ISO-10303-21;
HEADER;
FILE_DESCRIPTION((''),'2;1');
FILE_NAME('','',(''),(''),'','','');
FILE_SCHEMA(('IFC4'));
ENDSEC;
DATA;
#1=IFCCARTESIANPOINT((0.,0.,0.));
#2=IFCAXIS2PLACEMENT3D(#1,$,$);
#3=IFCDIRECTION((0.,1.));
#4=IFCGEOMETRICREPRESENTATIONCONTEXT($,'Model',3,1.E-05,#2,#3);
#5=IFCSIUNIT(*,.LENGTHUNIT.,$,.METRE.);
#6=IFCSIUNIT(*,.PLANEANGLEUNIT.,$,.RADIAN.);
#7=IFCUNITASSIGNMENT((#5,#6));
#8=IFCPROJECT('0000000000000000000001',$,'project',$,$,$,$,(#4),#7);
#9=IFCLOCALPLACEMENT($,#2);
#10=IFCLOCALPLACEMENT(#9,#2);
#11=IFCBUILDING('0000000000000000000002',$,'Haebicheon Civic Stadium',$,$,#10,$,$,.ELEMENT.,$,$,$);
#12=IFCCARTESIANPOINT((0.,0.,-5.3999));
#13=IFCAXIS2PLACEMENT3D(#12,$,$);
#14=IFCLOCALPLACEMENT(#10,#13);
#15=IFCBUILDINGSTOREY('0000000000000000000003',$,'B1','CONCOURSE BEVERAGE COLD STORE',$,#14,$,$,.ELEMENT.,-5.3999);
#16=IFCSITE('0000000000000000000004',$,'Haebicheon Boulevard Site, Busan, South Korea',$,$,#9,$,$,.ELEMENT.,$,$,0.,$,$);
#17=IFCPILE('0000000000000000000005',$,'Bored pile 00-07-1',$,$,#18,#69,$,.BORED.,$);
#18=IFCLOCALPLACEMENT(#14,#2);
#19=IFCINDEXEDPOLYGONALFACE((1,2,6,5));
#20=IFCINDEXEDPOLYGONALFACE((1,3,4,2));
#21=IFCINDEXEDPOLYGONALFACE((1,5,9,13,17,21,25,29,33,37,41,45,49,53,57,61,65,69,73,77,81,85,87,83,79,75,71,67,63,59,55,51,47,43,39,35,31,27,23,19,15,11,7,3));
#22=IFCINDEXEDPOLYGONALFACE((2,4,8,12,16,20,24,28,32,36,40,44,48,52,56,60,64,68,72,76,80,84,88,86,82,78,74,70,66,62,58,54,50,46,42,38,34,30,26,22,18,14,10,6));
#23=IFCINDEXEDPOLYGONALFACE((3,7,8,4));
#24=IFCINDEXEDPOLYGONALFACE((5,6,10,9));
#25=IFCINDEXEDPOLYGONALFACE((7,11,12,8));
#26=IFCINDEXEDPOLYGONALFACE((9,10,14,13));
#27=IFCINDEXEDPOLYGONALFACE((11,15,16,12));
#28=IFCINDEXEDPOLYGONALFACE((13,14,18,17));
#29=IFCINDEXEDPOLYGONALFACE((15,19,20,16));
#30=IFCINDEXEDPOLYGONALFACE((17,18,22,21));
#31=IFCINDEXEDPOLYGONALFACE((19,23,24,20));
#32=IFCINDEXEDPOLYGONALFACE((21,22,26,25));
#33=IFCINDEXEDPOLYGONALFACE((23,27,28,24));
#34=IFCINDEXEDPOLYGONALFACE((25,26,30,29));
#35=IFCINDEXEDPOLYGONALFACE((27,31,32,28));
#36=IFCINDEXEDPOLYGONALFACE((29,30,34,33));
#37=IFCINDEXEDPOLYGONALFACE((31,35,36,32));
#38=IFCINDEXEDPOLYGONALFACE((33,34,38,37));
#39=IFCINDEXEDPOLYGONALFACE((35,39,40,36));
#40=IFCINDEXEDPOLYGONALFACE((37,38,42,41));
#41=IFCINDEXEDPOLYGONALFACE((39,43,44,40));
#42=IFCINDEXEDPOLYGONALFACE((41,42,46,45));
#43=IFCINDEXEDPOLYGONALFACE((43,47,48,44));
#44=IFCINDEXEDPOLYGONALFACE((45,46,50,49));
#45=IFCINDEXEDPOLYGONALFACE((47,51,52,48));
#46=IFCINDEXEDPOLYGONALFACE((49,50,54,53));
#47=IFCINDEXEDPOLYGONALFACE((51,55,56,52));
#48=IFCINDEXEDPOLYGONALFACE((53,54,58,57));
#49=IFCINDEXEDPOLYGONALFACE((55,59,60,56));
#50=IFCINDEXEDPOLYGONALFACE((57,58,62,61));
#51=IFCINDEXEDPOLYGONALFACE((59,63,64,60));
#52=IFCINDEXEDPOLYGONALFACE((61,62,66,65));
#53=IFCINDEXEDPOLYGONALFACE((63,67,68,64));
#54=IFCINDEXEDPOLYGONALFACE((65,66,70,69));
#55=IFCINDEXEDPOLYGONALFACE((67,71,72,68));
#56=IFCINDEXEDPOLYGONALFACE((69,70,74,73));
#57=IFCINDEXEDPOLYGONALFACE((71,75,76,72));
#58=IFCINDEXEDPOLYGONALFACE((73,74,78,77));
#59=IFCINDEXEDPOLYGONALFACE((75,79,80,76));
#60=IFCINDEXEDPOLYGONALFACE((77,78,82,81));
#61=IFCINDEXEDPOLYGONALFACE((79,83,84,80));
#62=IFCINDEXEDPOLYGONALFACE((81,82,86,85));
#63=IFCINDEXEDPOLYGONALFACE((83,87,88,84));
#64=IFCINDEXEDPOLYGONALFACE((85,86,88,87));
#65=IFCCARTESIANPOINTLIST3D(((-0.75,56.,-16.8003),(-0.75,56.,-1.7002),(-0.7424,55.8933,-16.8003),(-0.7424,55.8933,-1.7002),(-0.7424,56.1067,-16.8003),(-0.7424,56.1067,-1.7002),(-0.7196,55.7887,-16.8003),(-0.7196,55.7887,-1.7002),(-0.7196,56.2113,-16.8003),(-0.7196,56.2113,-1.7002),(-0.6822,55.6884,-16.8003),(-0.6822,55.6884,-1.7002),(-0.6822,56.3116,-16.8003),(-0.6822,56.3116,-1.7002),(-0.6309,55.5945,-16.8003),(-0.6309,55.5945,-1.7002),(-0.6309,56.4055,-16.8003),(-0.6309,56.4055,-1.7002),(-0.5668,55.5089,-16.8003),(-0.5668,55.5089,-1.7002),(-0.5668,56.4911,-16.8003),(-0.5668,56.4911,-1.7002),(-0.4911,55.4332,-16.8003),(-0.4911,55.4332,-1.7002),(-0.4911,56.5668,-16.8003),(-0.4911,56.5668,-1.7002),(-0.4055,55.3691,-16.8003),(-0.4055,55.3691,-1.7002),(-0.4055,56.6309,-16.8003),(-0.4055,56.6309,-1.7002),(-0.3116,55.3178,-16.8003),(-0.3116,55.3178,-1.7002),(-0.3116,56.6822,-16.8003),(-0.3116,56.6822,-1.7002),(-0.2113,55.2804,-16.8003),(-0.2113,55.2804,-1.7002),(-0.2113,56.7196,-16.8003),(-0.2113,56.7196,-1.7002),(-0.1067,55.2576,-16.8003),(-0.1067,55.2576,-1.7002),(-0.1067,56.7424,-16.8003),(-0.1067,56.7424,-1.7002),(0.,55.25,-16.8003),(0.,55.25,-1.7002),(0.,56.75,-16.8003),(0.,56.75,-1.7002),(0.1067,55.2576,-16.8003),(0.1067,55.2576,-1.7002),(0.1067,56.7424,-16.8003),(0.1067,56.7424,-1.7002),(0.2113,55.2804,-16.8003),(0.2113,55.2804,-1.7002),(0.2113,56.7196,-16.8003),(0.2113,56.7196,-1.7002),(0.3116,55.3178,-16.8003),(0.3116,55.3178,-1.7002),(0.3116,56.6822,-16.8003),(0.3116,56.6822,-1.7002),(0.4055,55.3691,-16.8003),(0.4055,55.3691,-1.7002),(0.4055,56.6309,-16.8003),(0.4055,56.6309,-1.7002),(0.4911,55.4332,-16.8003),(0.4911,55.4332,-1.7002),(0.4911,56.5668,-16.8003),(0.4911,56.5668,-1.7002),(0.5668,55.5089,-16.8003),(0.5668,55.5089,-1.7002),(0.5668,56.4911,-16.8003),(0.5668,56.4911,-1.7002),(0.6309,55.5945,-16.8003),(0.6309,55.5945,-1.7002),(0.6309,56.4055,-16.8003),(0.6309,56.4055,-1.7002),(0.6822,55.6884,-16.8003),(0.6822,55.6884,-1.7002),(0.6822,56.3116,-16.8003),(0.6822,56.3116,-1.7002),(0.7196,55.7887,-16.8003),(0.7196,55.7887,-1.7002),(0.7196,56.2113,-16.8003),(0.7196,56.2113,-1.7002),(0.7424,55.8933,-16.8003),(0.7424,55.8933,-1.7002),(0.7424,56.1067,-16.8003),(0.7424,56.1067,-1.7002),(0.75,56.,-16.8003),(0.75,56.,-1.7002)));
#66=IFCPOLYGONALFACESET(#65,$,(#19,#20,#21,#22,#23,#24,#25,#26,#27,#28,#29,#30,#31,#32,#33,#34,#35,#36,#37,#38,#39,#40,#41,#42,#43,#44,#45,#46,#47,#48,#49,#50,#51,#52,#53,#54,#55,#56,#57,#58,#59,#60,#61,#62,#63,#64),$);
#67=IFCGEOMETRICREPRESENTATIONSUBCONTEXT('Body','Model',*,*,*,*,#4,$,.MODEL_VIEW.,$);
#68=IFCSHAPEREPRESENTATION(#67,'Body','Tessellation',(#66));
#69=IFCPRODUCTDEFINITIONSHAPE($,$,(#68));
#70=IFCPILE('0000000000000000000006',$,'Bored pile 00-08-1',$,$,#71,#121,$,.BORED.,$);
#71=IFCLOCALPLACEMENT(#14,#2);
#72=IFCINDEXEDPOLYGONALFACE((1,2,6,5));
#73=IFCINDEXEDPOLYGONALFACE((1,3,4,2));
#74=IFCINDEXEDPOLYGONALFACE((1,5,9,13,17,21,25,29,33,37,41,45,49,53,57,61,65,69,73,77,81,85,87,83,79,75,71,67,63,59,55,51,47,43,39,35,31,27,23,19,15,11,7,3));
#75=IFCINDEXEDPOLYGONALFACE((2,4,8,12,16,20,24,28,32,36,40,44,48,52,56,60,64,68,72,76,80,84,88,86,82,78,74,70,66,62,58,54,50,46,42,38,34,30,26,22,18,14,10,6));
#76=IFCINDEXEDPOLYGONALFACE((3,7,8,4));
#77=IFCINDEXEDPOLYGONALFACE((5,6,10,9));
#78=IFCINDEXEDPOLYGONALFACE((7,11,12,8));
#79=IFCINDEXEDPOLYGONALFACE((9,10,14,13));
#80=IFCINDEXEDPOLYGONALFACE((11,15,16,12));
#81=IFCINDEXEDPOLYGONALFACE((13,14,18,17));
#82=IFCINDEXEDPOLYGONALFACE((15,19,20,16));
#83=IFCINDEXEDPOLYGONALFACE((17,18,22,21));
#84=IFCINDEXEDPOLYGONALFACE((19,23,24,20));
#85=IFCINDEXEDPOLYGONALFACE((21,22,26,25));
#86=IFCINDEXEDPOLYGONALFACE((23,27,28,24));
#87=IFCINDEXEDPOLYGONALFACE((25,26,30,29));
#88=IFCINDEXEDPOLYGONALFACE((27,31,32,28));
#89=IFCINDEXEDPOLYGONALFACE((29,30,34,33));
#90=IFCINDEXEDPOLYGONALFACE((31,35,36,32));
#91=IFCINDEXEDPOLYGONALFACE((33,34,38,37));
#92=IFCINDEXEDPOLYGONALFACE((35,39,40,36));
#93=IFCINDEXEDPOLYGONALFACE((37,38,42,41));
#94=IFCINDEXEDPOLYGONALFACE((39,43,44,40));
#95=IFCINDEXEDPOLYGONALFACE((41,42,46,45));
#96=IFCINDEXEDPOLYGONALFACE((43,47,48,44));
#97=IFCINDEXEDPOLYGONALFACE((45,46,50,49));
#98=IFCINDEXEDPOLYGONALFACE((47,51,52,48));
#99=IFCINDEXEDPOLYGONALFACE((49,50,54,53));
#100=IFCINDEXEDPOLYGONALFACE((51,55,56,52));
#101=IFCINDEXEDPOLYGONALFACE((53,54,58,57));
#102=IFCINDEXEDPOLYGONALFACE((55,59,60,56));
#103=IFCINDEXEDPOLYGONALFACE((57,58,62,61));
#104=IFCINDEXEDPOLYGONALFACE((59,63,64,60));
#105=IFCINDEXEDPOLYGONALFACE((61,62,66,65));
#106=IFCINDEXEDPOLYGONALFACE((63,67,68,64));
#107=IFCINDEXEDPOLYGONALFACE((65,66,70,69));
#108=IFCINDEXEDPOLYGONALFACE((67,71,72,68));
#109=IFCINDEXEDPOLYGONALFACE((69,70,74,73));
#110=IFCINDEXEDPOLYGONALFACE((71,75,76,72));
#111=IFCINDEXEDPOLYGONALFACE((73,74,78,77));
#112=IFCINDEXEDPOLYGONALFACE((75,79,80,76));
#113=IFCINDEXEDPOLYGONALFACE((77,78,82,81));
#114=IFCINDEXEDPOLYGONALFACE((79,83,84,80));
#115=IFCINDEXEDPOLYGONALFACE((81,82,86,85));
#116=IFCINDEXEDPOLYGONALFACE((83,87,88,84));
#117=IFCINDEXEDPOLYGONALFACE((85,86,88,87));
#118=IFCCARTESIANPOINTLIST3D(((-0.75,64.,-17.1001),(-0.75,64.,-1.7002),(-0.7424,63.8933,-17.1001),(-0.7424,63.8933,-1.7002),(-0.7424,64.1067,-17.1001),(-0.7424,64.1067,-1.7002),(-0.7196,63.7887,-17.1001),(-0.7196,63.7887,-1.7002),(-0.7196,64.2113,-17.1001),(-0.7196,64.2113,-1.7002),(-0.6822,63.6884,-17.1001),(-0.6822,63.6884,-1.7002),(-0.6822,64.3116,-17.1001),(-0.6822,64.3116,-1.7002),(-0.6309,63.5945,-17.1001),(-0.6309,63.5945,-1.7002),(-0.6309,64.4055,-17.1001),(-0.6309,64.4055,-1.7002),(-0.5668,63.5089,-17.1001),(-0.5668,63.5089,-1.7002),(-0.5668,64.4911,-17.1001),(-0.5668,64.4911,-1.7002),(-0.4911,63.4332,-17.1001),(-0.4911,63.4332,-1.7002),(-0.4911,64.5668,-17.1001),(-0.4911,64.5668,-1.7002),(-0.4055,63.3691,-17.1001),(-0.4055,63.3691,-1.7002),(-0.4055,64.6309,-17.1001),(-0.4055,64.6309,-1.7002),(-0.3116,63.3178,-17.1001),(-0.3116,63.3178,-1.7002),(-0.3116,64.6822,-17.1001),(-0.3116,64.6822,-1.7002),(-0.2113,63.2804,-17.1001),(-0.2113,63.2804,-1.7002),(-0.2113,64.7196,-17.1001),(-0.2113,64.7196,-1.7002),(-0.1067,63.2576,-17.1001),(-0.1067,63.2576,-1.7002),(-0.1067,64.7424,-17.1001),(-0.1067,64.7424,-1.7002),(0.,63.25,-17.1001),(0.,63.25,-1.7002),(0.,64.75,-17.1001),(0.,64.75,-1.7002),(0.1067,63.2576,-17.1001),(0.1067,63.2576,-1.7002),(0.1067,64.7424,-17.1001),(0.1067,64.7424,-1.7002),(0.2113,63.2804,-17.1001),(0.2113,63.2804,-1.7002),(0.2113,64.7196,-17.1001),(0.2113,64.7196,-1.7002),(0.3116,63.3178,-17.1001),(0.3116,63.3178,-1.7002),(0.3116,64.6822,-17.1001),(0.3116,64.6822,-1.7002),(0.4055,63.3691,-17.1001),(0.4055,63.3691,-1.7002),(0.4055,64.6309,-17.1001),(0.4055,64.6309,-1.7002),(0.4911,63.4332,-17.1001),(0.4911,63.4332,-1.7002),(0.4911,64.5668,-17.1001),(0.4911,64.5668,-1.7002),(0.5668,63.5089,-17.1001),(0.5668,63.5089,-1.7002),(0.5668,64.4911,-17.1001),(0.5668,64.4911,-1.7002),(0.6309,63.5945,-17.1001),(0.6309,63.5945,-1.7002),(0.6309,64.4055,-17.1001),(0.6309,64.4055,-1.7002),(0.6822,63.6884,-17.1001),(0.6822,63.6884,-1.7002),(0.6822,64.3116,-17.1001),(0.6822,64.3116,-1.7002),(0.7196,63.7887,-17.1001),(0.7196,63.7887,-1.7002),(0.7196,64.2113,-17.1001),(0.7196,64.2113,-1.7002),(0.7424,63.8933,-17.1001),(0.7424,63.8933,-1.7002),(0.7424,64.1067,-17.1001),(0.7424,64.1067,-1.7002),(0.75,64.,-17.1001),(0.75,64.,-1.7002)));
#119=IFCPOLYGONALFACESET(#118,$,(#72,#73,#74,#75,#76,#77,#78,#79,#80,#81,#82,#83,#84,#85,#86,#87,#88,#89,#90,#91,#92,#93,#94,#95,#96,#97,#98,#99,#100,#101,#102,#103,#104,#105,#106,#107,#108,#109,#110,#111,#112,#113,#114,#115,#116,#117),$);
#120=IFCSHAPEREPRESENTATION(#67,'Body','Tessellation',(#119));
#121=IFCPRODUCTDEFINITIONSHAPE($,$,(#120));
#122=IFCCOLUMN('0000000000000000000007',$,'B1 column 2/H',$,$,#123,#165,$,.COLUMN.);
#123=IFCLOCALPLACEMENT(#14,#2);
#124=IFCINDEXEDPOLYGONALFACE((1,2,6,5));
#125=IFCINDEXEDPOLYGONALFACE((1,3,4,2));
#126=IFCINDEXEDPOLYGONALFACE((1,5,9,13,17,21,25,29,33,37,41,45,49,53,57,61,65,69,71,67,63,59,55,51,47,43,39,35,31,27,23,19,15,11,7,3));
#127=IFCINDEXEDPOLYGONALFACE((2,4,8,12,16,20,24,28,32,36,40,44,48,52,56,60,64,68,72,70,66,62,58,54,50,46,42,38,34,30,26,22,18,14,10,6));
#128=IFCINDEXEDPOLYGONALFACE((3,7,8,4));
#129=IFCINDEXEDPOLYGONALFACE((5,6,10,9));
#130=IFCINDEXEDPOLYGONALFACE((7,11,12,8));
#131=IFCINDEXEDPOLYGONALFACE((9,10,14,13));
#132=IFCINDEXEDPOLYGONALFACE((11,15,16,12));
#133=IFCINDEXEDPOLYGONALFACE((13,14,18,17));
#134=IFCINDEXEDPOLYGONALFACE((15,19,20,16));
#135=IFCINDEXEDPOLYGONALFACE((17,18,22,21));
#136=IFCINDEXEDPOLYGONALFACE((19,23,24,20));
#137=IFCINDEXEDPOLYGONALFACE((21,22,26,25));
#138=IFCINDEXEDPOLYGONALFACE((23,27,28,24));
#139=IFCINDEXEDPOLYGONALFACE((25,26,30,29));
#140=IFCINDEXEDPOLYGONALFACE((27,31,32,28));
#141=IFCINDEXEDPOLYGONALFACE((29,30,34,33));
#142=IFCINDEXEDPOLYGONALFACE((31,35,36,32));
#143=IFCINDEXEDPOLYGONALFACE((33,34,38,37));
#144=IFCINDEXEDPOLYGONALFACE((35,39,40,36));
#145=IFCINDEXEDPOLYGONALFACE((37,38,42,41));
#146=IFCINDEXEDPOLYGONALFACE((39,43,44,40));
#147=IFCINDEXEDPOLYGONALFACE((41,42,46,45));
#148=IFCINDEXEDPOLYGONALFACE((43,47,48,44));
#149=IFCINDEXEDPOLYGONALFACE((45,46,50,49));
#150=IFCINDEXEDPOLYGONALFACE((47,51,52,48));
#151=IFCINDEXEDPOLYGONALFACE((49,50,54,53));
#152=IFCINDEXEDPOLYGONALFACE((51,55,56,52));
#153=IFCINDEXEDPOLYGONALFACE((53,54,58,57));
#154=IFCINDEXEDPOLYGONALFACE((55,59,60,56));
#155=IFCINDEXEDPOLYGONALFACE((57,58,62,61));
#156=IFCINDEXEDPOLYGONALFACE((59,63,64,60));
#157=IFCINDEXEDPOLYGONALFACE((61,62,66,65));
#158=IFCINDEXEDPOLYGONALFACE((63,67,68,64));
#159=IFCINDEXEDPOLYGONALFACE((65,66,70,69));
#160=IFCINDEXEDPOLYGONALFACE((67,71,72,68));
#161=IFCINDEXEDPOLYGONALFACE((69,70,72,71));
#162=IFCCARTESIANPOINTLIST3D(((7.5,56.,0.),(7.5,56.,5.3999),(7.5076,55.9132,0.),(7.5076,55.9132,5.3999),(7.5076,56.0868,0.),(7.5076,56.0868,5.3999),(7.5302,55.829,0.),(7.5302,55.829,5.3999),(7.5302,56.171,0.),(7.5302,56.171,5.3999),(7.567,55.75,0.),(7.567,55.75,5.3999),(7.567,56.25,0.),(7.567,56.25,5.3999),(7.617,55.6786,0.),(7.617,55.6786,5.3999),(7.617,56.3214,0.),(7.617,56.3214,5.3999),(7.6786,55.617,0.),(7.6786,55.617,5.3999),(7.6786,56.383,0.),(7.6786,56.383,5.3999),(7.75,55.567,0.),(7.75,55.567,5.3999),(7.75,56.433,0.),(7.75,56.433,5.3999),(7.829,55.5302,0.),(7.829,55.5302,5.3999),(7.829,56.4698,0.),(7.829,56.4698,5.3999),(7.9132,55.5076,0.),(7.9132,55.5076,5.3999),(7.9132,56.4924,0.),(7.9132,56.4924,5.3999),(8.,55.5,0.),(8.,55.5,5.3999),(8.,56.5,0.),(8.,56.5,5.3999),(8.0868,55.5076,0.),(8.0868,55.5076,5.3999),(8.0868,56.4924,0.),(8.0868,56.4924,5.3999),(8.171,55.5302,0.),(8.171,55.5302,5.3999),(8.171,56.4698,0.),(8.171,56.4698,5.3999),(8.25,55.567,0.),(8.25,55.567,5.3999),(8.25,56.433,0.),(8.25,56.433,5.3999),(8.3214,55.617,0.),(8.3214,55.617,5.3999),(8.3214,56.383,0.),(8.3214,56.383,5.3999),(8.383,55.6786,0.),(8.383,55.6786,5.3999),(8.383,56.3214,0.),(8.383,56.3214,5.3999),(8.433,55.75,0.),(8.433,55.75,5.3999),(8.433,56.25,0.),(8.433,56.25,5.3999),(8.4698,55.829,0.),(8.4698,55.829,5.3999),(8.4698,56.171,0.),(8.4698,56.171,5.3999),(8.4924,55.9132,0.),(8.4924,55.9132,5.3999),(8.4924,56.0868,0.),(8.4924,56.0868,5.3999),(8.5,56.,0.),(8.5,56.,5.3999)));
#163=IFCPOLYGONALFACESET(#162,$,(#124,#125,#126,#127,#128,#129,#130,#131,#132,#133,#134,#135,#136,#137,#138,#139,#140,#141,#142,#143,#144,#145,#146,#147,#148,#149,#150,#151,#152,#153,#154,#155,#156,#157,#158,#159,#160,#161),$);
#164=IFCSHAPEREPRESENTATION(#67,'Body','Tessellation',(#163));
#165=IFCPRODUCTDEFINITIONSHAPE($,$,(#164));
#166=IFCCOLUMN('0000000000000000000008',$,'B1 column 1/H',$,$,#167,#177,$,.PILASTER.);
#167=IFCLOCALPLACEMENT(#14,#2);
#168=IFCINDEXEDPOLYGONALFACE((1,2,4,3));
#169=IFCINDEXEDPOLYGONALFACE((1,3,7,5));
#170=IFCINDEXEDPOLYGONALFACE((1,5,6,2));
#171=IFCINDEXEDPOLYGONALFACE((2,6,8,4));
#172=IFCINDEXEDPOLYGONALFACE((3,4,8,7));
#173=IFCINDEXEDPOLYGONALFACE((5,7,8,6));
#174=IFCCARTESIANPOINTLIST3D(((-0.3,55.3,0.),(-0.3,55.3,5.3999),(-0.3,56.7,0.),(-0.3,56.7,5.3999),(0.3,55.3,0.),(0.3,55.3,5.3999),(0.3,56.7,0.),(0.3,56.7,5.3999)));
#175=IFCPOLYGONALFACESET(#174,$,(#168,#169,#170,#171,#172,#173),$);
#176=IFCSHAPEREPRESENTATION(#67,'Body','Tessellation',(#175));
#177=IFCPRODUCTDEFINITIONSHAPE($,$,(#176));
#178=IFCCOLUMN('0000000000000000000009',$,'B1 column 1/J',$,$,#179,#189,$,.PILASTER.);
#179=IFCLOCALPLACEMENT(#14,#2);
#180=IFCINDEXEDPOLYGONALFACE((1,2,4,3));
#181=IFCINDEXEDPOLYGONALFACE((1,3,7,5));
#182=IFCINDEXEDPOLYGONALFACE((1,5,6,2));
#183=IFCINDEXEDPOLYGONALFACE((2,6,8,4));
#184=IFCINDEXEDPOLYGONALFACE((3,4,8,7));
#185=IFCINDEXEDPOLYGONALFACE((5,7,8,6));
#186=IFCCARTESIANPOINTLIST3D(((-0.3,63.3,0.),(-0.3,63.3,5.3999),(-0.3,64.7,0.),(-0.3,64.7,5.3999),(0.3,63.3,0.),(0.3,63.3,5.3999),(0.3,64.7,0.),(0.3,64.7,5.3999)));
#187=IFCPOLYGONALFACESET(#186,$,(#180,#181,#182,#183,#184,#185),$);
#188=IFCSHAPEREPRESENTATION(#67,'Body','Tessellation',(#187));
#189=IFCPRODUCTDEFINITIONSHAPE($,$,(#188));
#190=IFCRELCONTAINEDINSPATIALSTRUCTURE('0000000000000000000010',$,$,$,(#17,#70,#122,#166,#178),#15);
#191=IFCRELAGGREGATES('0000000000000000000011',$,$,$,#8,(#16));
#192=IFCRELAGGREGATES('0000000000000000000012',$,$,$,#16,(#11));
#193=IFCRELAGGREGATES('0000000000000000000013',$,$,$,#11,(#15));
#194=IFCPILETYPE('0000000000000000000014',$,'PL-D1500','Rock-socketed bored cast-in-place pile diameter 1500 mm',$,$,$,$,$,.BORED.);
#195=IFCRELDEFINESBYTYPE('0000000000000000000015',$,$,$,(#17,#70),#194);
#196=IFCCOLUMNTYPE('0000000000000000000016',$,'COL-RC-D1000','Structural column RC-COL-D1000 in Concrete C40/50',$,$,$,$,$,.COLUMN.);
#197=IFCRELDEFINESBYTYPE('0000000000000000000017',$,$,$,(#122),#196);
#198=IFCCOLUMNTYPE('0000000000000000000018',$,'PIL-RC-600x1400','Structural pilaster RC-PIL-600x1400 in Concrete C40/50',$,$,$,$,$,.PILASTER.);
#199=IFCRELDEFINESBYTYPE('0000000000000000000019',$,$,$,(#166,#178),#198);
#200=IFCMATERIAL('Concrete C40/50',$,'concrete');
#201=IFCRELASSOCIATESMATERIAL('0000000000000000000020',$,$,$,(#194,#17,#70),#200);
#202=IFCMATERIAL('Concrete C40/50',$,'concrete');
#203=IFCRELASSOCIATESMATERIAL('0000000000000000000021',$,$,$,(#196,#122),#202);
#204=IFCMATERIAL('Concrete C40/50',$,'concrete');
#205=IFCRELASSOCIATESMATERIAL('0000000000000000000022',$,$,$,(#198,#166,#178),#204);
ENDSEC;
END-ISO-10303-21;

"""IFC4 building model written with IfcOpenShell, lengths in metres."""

from ifc_helpers import new_model, si_unit, direction, frame, origin, origin_2d, place, context, subcontext, project, spatial, rectangle, circle, extrude, material, material_profile, profile_set, type_object, element, save


model = new_model("IFC4")

# Units and contexts
model_context = context("Model", 3, precision=1e-05, world=origin(), true_north=direction((0.0, 1.0)))
body_context = subcontext(model_context, "Body", "Model", "MODEL_VIEW")
ifc_project = project(units=[si_unit("LENGTHUNIT", "METRE"), si_unit("PLANEANGLEUNIT", "RADIAN")], contexts=[model_context])

# Site, building, storey
site_placement = place(None, origin())
site = spatial("IfcSite", under=ifc_project, at=site_placement, Name="Haebicheon Boulevard Site, Busan, South Korea", CompositionType="ELEMENT", RefElevation=0.0)
building_placement = place(site_placement, origin())
building = spatial("IfcBuilding", under=site, at=building_placement, Name="Haebicheon Civic Stadium", CompositionType="ELEMENT")
storey_placement = place(building_placement, frame((0.0, 0.0, -5.3999)))
storey = spatial("IfcBuildingStorey", under=building, at=storey_placement, Name="B1", Description="CONCOURSE BEVERAGE COLD STORE", CompositionType="ELEMENT", Elevation=-5.3999)

# Piles
ifc_material_1 = material(Name="Concrete C40/50", Category="concrete")
ifc_material_profile_1 = material_profile(ifc_material_1, circle(Radius=0.75, at=origin_2d()), Name="PILE-D1500")
ifc_profile_set_1 = profile_set([ifc_material_profile_1], Name="Concrete C40/50")
pile_type_1 = type_object("IfcPileType", Name="PL-D1500", Description="Rock-socketed bored cast-in-place pile diameter 1500 mm", PredefinedType="BORED", material=ifc_profile_set_1)
pile_1_placement = place(storey_placement, frame((0.0, 56.0, -1.7002), z_axis=(0.0, 0.0, -1.0), x_axis=(1.0, 0.0, 0.0)))
element("IfcPile", 1, at=pile_1_placement, inside=storey, type_object=pile_type_1, material=ifc_profile_set_1, Name="Bored pile 00-07-1", PredefinedType="BORED", context=body_context, shape_type="SweptSolid", body=[
    extrude(circle(Radius=0.75, at=origin_2d()), origin(), (0.0, 0.0, 1.0), 15.1001),
])
pile_2_placement = place(storey_placement, frame((0.0, 64.0, -1.7002), z_axis=(0.0, 0.0, -1.0), x_axis=(1.0, 0.0, 0.0)))
element("IfcPile", 2, at=pile_2_placement, inside=storey, type_object=pile_type_1, material=ifc_profile_set_1, Name="Bored pile 00-08-1", PredefinedType="BORED", context=body_context, shape_type="SweptSolid", body=[
    extrude(circle(Radius=0.75, at=origin_2d()), origin(), (0.0, 0.0, 1.0), 15.3999),
])

# Columns
ifc_material_2 = material(Name="Concrete C40/50", Category="concrete")
ifc_material_profile_2 = material_profile(ifc_material_2, circle(Radius=0.5, at=origin_2d()), Name="RC-COL-D1000")
ifc_profile_set_2 = profile_set([ifc_material_profile_2], Name="Concrete C40/50")
column_type_1 = type_object("IfcColumnType", Name="COL-RC-D1000", Description="Structural column RC-COL-D1000 in Concrete C40/50", PredefinedType="COLUMN", material=ifc_profile_set_2)
column_placement = place(storey_placement, frame((8.0, 56.0, 0.0), z_axis=(0.0, 0.0, 1.0), x_axis=(1.0, 0.0, 0.0)))
element("IfcColumn", 3, at=column_placement, inside=storey, type_object=column_type_1, material=ifc_profile_set_2, Name="B1 column 2/H", PredefinedType="COLUMN", context=body_context, shape_type="SweptSolid", body=[
    extrude(circle(Radius=0.5, at=origin_2d()), origin(), (0.0, 0.0, 1.0), 5.3999),
])
ifc_material_3 = material(Name="Concrete C40/50", Category="concrete")
ifc_material_profile_3 = material_profile(ifc_material_3, rectangle(XDim=0.6001, YDim=1.3999, at=origin_2d()), Name="RC-PIL-600x1400")
ifc_profile_set_3 = profile_set([ifc_material_profile_3], Name="Concrete C40/50")
column_type_2 = type_object("IfcColumnType", Name="PIL-RC-600x1400", Description="Structural pilaster RC-PIL-600x1400 in Concrete C40/50", PredefinedType="PILASTER", material=ifc_profile_set_3)
for number, where, z_axis, x_axis, name in (
    (4, (0.0, 56.0, 0.0), (0.0, 0.0, 1.0), (1.0, 0.0, 0.0), "B1 column 1/H"),
    (5, (0.0, 64.0, 0.0), (0.0, 0.0, 1.0), (1.0, 0.0, 0.0), "B1 column 1/J"),
):
    element("IfcColumn", number, at=place(storey_placement, frame(where, z_axis=z_axis, x_axis=x_axis)), inside=storey, type_object=column_type_2, material=ifc_profile_set_3, Name=name, PredefinedType="PILASTER", context=body_context, shape_type="SweptSolid", body=[
        extrude(rectangle(XDim=0.6001, YDim=1.3999, at=origin_2d()), origin(), (0.0, 0.0, 1.0), 5.3999),
    ])

save(model, "model.ifc")
